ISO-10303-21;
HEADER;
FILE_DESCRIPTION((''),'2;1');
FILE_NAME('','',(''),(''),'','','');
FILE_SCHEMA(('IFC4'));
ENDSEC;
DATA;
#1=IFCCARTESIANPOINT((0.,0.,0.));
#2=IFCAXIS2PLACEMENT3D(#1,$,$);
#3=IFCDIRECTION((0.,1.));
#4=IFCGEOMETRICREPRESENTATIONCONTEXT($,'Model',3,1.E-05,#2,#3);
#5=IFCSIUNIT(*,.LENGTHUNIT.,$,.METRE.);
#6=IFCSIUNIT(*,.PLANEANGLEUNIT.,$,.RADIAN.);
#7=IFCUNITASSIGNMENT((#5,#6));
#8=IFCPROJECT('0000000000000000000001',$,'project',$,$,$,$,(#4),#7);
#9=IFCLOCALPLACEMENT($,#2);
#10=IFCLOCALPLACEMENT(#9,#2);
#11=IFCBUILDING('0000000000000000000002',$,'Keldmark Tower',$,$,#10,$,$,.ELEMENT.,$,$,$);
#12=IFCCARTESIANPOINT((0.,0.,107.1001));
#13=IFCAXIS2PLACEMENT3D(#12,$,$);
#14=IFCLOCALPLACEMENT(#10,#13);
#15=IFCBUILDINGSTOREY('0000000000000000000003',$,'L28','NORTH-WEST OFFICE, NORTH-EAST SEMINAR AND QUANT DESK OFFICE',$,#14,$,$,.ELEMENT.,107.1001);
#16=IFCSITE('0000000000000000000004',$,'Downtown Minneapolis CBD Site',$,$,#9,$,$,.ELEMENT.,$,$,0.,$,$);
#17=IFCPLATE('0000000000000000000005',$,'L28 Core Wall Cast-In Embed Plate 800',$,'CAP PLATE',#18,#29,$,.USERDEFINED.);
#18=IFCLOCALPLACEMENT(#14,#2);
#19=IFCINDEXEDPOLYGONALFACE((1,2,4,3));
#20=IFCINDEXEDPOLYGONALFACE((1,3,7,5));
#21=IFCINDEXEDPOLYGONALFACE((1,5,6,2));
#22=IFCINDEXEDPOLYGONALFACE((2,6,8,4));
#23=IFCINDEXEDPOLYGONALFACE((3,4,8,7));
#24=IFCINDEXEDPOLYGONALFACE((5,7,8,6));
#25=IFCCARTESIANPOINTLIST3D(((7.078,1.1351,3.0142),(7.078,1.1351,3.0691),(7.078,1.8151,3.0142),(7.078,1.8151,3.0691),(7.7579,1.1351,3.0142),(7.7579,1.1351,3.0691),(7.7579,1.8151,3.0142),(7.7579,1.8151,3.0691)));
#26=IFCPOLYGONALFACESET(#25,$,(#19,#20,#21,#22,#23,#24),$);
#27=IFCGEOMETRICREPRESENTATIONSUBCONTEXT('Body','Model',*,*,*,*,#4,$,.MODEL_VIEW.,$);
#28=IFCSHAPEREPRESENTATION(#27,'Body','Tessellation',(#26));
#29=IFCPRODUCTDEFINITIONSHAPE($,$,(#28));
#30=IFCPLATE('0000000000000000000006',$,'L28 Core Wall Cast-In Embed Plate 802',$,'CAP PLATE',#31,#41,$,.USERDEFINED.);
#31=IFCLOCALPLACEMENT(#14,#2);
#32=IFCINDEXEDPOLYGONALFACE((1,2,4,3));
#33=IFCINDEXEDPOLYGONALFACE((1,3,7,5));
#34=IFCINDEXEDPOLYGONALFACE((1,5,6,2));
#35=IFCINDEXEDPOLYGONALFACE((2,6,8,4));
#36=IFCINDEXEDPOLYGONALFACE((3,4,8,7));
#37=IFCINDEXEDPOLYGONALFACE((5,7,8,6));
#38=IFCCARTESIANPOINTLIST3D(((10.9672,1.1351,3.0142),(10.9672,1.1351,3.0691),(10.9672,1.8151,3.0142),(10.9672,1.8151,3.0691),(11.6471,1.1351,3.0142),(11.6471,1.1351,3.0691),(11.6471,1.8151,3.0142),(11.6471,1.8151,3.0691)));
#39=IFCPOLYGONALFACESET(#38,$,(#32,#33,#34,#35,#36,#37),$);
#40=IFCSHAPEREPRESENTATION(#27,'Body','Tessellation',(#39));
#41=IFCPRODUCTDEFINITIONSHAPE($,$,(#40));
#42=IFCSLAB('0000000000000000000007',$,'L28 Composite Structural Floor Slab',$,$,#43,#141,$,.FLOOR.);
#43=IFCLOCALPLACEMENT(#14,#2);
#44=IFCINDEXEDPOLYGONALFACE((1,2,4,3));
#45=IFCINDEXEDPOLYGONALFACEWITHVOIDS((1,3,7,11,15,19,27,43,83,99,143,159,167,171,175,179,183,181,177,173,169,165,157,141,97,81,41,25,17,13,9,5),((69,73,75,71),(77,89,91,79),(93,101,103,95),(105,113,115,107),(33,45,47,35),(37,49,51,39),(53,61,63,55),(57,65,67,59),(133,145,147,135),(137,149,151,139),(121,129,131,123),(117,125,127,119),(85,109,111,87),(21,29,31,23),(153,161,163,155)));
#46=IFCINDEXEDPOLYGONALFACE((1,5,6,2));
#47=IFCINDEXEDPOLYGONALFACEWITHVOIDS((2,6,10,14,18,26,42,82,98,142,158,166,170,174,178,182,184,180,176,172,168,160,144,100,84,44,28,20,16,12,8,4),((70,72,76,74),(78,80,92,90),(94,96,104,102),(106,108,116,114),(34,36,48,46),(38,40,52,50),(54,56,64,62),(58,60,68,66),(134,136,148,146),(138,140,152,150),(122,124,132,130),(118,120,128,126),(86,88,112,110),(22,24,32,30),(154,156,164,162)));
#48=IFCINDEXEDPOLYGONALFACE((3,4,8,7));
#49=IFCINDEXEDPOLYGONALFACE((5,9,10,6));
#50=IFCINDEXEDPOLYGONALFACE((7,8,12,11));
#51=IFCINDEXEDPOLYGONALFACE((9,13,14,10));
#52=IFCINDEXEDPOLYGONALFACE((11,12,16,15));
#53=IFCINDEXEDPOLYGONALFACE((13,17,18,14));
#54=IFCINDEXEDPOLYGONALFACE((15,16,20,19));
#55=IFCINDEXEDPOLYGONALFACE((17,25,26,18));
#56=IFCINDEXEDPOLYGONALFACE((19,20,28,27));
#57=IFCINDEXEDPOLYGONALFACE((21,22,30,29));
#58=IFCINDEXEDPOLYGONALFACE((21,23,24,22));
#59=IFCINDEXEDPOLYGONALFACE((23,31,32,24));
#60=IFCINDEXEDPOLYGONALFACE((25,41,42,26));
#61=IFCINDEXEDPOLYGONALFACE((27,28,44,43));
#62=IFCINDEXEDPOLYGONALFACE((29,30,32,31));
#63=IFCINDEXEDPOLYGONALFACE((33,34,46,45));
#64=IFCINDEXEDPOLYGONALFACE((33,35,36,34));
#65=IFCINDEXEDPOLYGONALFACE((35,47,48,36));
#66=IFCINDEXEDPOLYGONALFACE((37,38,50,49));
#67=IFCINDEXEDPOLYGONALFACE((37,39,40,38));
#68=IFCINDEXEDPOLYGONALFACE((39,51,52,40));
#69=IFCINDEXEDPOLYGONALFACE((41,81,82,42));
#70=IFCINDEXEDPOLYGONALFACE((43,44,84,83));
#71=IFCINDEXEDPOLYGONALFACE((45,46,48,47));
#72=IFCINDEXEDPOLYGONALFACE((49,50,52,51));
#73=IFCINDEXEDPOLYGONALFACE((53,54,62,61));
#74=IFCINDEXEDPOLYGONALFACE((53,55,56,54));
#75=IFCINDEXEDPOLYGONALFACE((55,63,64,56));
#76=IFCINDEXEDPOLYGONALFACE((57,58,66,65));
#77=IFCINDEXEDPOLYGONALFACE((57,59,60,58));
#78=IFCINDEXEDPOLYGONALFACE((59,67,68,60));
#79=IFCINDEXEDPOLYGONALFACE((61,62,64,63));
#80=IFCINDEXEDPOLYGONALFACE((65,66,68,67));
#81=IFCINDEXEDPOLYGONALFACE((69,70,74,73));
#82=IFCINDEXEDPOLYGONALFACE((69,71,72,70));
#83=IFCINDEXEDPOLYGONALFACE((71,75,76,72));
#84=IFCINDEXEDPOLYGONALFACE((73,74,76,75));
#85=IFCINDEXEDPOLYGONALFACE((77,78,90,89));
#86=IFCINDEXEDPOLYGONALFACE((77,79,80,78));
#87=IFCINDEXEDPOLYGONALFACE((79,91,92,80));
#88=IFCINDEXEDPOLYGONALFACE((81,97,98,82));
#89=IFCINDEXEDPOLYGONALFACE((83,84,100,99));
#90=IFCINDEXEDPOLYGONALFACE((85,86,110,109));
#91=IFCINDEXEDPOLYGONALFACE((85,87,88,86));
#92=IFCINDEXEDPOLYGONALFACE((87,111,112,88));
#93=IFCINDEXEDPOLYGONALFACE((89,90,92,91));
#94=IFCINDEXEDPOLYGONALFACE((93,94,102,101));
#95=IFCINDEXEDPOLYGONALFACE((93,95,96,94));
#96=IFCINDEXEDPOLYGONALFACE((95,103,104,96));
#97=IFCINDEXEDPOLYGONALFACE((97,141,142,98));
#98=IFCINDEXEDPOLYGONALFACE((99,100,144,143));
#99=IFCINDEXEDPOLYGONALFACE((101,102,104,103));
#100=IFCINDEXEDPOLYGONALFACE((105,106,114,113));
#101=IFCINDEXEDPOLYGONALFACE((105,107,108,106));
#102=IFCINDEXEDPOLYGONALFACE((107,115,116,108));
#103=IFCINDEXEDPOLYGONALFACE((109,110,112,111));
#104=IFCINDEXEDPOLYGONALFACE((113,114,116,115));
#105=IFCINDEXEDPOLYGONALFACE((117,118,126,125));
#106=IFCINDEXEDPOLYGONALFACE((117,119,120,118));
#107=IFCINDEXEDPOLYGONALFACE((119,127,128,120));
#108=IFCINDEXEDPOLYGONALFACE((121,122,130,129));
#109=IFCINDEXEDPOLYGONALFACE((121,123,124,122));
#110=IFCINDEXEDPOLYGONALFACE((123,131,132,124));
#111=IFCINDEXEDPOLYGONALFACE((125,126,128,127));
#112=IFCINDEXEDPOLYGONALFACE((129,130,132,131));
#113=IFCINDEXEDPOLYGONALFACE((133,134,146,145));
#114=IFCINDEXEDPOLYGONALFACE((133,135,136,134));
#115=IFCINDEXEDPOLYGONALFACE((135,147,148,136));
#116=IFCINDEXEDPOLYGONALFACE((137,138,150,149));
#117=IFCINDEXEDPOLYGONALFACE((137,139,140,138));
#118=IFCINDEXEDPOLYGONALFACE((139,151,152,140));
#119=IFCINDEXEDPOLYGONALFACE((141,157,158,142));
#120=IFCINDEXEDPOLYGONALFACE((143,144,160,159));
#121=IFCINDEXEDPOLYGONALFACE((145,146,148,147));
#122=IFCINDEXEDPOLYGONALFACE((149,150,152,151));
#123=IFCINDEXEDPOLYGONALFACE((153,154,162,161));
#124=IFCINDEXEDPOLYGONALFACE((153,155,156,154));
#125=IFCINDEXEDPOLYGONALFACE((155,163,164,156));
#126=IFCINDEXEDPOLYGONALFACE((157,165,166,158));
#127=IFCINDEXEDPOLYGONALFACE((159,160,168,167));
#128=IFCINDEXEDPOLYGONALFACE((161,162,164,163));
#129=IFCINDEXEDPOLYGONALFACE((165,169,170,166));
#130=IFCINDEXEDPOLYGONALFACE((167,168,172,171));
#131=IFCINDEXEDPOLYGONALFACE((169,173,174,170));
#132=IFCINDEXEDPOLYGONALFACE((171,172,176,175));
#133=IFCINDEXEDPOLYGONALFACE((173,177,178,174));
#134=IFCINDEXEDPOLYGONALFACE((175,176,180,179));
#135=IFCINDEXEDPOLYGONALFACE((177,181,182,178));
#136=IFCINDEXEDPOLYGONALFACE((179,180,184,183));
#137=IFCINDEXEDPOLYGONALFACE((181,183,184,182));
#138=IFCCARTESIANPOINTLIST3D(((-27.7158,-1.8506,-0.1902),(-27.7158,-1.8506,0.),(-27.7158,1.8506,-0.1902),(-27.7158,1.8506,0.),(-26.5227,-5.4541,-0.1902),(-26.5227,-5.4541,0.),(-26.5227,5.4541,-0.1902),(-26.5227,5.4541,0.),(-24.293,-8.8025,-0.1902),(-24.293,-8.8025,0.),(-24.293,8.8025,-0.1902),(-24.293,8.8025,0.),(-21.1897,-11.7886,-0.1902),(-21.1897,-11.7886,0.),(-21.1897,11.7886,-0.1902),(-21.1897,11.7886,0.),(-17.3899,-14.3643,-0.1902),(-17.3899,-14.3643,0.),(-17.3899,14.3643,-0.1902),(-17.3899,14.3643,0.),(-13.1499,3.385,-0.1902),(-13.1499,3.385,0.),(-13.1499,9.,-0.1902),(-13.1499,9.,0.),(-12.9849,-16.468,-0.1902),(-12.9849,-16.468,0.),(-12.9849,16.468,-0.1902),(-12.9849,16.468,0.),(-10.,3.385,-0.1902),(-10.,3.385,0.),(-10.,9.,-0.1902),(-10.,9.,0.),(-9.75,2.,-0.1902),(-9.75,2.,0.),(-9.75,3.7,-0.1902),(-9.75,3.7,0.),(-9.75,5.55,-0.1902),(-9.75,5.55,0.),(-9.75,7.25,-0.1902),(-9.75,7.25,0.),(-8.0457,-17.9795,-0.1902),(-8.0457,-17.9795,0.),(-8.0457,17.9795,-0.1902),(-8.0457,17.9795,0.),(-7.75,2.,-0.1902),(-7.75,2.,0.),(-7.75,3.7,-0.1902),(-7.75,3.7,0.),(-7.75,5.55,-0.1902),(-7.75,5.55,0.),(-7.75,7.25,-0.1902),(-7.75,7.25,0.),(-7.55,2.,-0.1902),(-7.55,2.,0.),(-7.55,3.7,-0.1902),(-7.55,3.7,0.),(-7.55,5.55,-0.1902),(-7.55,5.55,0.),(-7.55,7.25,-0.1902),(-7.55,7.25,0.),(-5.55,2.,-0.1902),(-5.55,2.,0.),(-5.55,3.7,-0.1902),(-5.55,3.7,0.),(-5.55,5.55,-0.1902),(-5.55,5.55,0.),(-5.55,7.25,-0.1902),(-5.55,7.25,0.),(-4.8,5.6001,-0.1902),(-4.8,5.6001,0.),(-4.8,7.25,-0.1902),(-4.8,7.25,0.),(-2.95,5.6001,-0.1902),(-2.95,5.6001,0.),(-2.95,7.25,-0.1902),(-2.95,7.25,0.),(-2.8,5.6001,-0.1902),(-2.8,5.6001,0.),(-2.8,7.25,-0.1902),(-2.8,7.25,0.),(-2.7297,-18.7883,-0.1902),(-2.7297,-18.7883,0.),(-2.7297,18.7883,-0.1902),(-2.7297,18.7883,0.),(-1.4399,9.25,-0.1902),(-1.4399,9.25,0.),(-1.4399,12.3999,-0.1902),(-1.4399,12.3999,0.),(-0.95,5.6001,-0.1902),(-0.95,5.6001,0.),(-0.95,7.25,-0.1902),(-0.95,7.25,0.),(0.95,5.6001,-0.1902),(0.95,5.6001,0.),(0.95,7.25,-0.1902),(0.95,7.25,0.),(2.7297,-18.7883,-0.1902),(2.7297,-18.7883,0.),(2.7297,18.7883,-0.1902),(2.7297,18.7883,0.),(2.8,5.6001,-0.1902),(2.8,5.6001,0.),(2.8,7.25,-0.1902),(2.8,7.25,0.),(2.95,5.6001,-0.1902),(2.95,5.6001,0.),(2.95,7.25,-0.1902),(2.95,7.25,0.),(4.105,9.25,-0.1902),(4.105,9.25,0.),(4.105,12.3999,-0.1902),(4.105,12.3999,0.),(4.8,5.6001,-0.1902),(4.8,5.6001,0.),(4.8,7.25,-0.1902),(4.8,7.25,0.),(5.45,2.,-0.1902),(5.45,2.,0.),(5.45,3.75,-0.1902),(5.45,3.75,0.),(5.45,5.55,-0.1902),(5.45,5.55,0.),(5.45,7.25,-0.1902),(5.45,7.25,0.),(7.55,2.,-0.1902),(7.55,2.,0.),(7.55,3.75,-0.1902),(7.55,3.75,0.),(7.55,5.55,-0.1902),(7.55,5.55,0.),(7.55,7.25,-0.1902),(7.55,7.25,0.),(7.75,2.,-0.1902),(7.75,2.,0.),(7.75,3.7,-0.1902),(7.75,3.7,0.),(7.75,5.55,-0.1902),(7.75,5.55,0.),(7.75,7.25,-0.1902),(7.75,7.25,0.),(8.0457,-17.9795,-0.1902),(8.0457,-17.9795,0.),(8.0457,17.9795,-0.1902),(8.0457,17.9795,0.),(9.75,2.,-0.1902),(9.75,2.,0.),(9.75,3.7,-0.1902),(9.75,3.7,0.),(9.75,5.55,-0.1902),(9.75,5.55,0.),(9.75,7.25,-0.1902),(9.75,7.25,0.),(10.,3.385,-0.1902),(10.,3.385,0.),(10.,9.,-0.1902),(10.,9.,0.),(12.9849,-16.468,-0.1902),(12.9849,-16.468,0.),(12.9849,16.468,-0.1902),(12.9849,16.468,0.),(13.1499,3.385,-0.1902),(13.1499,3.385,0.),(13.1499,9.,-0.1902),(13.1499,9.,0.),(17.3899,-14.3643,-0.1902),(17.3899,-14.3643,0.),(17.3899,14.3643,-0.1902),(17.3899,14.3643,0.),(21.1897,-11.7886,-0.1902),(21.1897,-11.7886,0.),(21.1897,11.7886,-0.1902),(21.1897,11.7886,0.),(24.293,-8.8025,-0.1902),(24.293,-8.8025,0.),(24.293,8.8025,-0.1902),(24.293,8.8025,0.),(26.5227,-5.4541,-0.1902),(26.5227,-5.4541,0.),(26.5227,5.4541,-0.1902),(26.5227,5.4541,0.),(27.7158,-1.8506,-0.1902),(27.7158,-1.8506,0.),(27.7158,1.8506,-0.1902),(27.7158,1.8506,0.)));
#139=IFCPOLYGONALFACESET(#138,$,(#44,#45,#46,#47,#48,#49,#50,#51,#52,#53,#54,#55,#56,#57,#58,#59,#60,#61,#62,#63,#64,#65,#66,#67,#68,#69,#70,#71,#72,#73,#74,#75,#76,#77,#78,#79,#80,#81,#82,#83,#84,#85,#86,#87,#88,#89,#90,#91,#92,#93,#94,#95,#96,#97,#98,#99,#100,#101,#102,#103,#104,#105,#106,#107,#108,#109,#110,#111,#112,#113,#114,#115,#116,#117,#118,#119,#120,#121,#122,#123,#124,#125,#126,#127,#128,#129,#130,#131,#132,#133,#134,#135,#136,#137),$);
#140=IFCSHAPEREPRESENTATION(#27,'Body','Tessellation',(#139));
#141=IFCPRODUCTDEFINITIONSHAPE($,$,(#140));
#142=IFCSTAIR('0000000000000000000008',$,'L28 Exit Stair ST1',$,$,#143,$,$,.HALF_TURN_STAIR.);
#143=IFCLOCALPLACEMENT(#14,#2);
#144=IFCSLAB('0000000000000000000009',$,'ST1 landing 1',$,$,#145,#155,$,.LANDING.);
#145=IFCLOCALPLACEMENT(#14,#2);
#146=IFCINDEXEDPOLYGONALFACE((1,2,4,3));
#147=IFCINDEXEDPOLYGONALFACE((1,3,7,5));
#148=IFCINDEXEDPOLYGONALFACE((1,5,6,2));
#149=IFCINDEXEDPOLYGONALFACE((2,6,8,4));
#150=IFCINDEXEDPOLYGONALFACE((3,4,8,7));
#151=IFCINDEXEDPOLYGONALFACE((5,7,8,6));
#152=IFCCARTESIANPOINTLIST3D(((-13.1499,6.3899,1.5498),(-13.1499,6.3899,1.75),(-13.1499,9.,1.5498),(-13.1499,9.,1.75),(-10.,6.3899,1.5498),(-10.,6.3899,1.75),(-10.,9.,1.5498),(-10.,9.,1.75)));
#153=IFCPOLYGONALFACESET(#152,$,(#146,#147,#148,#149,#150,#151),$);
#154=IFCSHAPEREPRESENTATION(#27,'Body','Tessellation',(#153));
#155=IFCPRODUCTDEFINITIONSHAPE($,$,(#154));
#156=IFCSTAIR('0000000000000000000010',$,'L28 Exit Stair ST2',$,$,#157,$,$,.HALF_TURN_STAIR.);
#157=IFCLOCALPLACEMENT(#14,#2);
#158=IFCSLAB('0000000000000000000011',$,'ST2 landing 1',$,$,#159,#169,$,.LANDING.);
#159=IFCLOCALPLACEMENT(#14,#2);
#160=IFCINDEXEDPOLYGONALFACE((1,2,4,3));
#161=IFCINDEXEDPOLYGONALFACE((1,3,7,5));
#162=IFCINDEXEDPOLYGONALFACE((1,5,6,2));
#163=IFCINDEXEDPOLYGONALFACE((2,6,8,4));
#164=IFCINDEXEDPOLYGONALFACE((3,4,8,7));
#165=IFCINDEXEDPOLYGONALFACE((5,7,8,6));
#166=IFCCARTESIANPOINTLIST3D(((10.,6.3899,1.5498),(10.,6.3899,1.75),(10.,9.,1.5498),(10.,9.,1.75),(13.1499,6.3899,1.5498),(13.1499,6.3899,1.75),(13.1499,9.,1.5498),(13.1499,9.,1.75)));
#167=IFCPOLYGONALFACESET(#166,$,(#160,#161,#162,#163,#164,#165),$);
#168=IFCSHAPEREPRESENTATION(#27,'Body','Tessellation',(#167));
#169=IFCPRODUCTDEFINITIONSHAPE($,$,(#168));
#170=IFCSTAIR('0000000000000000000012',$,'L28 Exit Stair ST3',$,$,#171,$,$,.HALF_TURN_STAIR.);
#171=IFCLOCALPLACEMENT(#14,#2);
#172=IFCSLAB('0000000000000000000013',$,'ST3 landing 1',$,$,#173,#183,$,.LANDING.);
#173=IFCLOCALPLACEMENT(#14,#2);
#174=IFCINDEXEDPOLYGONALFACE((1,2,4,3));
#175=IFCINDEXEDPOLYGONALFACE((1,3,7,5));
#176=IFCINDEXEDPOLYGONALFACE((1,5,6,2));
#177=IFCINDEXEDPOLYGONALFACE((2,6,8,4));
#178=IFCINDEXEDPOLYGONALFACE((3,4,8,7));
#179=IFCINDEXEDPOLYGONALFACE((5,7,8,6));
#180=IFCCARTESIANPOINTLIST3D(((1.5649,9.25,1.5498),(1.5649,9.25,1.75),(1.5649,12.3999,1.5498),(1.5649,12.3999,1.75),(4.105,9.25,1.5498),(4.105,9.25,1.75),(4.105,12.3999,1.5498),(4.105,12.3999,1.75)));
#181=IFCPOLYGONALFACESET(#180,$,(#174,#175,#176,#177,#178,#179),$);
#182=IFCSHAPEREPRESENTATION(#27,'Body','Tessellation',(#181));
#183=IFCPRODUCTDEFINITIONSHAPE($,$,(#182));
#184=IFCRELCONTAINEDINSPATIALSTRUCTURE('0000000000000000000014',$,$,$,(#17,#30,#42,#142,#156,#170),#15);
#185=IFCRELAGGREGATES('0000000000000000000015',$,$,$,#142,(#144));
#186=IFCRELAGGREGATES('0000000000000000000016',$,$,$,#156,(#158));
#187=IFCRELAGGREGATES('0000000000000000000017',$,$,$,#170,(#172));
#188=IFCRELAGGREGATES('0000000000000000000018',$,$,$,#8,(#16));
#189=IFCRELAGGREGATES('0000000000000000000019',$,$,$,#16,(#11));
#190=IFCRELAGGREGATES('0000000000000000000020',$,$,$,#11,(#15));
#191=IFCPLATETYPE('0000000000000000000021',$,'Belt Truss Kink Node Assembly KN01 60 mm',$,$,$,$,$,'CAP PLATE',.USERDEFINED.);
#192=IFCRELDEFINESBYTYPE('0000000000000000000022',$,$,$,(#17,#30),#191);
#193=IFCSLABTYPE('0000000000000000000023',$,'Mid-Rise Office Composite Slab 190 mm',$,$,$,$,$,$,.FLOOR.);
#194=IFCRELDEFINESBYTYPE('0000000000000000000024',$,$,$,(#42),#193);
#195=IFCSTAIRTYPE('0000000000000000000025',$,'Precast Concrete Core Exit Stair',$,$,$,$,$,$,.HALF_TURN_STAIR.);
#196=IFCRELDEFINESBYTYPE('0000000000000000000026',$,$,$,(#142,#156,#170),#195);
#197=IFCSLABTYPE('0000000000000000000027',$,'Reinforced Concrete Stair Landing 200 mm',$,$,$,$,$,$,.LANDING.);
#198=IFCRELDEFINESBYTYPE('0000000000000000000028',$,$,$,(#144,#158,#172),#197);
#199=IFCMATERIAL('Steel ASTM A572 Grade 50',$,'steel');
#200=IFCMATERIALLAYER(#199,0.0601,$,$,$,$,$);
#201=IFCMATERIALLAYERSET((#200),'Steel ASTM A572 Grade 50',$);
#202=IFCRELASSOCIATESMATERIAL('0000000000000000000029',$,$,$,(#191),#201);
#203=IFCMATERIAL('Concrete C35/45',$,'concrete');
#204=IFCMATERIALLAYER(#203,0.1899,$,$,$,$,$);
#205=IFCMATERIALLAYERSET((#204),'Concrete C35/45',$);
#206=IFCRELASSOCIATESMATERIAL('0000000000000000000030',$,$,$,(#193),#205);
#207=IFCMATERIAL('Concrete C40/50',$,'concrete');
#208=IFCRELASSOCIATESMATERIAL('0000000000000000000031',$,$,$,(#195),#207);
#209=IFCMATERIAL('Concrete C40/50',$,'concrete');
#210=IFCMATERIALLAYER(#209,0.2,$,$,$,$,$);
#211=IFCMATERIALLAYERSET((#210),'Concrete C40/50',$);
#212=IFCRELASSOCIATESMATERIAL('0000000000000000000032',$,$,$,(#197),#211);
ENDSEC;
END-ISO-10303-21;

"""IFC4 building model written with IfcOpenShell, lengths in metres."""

from ifc_helpers import new_model, si_unit, direction, frame, origin, origin_2d, place, context, subcontext, project, spatial, polyline, rectangle, outline, extrude, material, layer, layer_set, type_object, element, aggregate, save


model = new_model("IFC4")

# Units and contexts
model_context = context("Model", 3, precision=1e-05, world=origin(), true_north=direction((0.0, 1.0)))
body_context = subcontext(model_context, "Body", "Model", "MODEL_VIEW")
ifc_project = project(units=[si_unit("LENGTHUNIT", "METRE"), si_unit("PLANEANGLEUNIT", "RADIAN")], contexts=[model_context])

# Site, building, storey
site_placement = place(None, origin())
site = spatial("IfcSite", under=ifc_project, at=site_placement, Name="Downtown Minneapolis CBD Site", CompositionType="ELEMENT", RefElevation=0.0)
building_placement = place(site_placement, origin())
building = spatial("IfcBuilding", under=site, at=building_placement, Name="Keldmark Tower", CompositionType="ELEMENT")
storey_placement = place(building_placement, frame((0.0, 0.0, 107.1001)))
storey = spatial("IfcBuildingStorey", under=building, at=storey_placement, Name="L28", Description="NORTH-WEST OFFICE, NORTH-EAST SEMINAR AND QUANT DESK OFFICE", CompositionType="ELEMENT", Elevation=107.1001)

# Plates
ifc_material_1 = material(Name="Steel ASTM A572 Grade 50", Category="steel")
ifc_layer_1 = layer(ifc_material_1, 0.0601)
ifc_layer_set_1 = layer_set([ifc_layer_1], Name="Steel ASTM A572 Grade 50")
plate_type = type_object("IfcPlateType", Name="Belt Truss Kink Node Assembly KN01 60 mm", ElementType="CAP PLATE", PredefinedType="USERDEFINED", material=ifc_layer_set_1)
for number, where, z_axis, x_axis, name in (
    (1, (7.418, 1.4751, 3.0142), (0.0, 0.0, 1.0), (1.0, 0.0, 0.0), "L28 Core Wall Cast-In Embed Plate 800"),
    (2, (11.3071, 1.4751, 3.0142), (0.0, 0.0, 1.0), (1.0, 0.0, 0.0), "L28 Core Wall Cast-In Embed Plate 802"),
):
    element("IfcPlate", number, at=place(storey_placement, frame(where, z_axis=z_axis, x_axis=x_axis)), inside=storey, type_object=plate_type, Name=name, ObjectType="CAP PLATE", PredefinedType="USERDEFINED", context=body_context, shape_type="SweptSolid", body=[
        extrude(rectangle(XDim=0.6799, YDim=0.6799, at=origin_2d()), origin(), (0.0, 0.0, 1.0), 0.0549),
    ])

# Slab
ifc_material_2 = material(Name="Concrete C35/45", Category="concrete")
ifc_layer_2 = layer(ifc_material_2, 0.1899)
ifc_layer_set_2 = layer_set([ifc_layer_2], Name="Concrete C35/45")
slab_type_1 = type_object("IfcSlabType", Name="Mid-Rise Office Composite Slab 190 mm", PredefinedType="FLOOR", material=ifc_layer_set_2)
slab_1_placement = place(storey_placement, frame((0.0, 0.0, -0.1902)))
element("IfcSlab", 3, at=slab_1_placement, inside=storey, type_object=slab_type_1, Name="L28 Composite Structural Floor Slab", PredefinedType="FLOOR", context=body_context, shape_type="SweptSolid", body=[
    extrude(outline(polyline([(27.7158, 1.8506), (26.5227, 5.4541), (24.293, 8.8025), (21.1897, 11.7886), (17.3899, 14.3643), (12.9849, 16.468), (8.0457, 17.9795), (2.7297, 18.7883), (-2.7297, 18.7883), (-8.0457, 17.9795), (-12.9849, 16.468), (-17.3899, 14.3643), (-21.1897, 11.7886), (-24.293, 8.8025), (-26.5227, 5.4541), (-27.7158, 1.8506), (-27.7158, -1.8506), (-26.5227, -5.4541), (-24.293, -8.8025), (-21.1897, -11.7886), (-17.3899, -14.3643), (-12.9849, -16.468), (-8.0457, -17.9795), (-2.7297, -18.7883), (2.7297, -18.7883), (8.0457, -17.9795), (12.9849, -16.468), (17.3899, -14.3643), (21.1897, -11.7886), (24.293, -8.8025), (26.5227, -5.4541), (27.7158, -1.8506), (27.7158, 1.8506)]), holes=[polyline([(-10.0, 3.385), (-10.0, 9.0), (-13.1499, 9.0), (-13.1499, 3.385), (-10.0, 3.385)]), polyline([(13.1499, 3.385), (13.1499, 9.0), (10.0, 9.0), (10.0, 3.385), (13.1499, 3.385)]), polyline([(-1.4399, 9.25), (4.105, 9.25), (4.105, 12.3999), (-1.4399, 12.3999), (-1.4399, 9.25)]), polyline([(-9.75, 2.0), (-7.75, 2.0), (-7.75, 3.7), (-9.75, 3.7), (-9.75, 2.0)]), polyline([(7.75, 2.0), (9.75, 2.0), (9.75, 3.7), (7.75, 3.7), (7.75, 2.0)]), polyline([(5.45, 2.0), (7.55, 2.0), (7.55, 3.75), (5.45, 3.75), (5.45, 2.0)]), polyline([(-4.8, 5.6001), (-2.95, 5.6001), (-2.95, 7.25), (-4.8, 7.25), (-4.8, 5.6001)]), polyline([(-2.8, 5.6001), (-0.95, 5.6001), (-0.95, 7.25), (-2.8, 7.25), (-2.8, 5.6001)]), polyline([(0.95, 5.6001), (2.8, 5.6001), (2.8, 7.25), (0.95, 7.25), (0.95, 5.6001)]), polyline([(2.95, 5.6001), (4.8, 5.6001), (4.8, 7.25), (2.95, 7.25), (2.95, 5.6001)]), polyline([(-9.75, 5.55), (-7.75, 5.55), (-7.75, 7.25), (-9.75, 7.25), (-9.75, 5.55)]), polyline([(-7.55, 5.55), (-5.55, 5.55), (-5.55, 7.25), (-7.55, 7.25), (-7.55, 5.55)]), polyline([(-7.55, 2.0), (-5.55, 2.0), (-5.55, 3.7), (-7.55, 3.7), (-7.55, 2.0)]), polyline([(5.45, 5.55), (7.55, 5.55), (7.55, 7.25), (5.45, 7.25), (5.45, 5.55)]), polyline([(7.75, 5.55), (9.75, 5.55), (9.75, 7.25), (7.75, 7.25), (7.75, 5.55)])]), origin(), (0.0, 0.0, 1.0), 0.1902),
])

# Stairs, slabs
ifc_material_3 = material(Name="Concrete C40/50", Category="concrete")
stair_type = type_object("IfcStairType", Name="Precast Concrete Core Exit Stair", PredefinedType="HALF_TURN_STAIR", material=ifc_material_3)
stair_1_placement = place(storey_placement, origin())
stair_1 = element("IfcStair", 4, at=stair_1_placement, inside=storey, type_object=stair_type, Name="L28 Exit Stair ST1", PredefinedType="HALF_TURN_STAIR")
ifc_material_4 = material(Name="Concrete C40/50", Category="concrete")
ifc_layer_3 = layer(ifc_material_4, 0.2)
ifc_layer_set_3 = layer_set([ifc_layer_3], Name="Concrete C40/50")
slab_type_2 = type_object("IfcSlabType", Name="Reinforced Concrete Stair Landing 200 mm", PredefinedType="LANDING", material=ifc_layer_set_3)
slab_2_placement = place(storey_placement, frame((0.0, 0.0, 1.5498)))
slab_2 = element("IfcSlab", 5, at=slab_2_placement, type_object=slab_type_2, Name="ST1 landing 1", PredefinedType="LANDING", context=body_context, shape_type="SweptSolid", body=[
    extrude(outline(polyline([(-10.0, 6.3899), (-10.0, 9.0), (-13.1499, 9.0), (-13.1499, 6.3899), (-10.0, 6.3899)])), origin(), (0.0, 0.0, 1.0), 0.2002),
])
aggregate(stair_1, [slab_2])
stair_2_placement = place(storey_placement, origin())
stair_2 = element("IfcStair", 6, at=stair_2_placement, inside=storey, type_object=stair_type, Name="L28 Exit Stair ST2", PredefinedType="HALF_TURN_STAIR")
slab_3_placement = place(storey_placement, frame((0.0, 0.0, 1.5498)))
slab_3 = element("IfcSlab", 7, at=slab_3_placement, type_object=slab_type_2, Name="ST2 landing 1", PredefinedType="LANDING", context=body_context, shape_type="SweptSolid", body=[
    extrude(outline(polyline([(13.1499, 6.3899), (13.1499, 9.0), (10.0, 9.0), (10.0, 6.3899), (13.1499, 6.3899)])), origin(), (0.0, 0.0, 1.0), 0.2002),
])
aggregate(stair_2, [slab_3])
stair_3_placement = place(storey_placement, origin())
stair_3 = element("IfcStair", 8, at=stair_3_placement, inside=storey, type_object=stair_type, Name="L28 Exit Stair ST3", PredefinedType="HALF_TURN_STAIR")
slab_4_placement = place(storey_placement, frame((0.0, 0.0, 1.5498)))
slab_4 = element("IfcSlab", 9, at=slab_4_placement, type_object=slab_type_2, Name="ST3 landing 1", PredefinedType="LANDING", context=body_context, shape_type="SweptSolid", body=[
    extrude(outline(polyline([(1.5649, 9.25), (4.105, 9.25), (4.105, 12.3999), (1.5649, 12.3999), (1.5649, 9.25)])), origin(), (0.0, 0.0, 1.0), 0.2002),
])
aggregate(stair_3, [slab_4])

save(model, "model.ifc")
